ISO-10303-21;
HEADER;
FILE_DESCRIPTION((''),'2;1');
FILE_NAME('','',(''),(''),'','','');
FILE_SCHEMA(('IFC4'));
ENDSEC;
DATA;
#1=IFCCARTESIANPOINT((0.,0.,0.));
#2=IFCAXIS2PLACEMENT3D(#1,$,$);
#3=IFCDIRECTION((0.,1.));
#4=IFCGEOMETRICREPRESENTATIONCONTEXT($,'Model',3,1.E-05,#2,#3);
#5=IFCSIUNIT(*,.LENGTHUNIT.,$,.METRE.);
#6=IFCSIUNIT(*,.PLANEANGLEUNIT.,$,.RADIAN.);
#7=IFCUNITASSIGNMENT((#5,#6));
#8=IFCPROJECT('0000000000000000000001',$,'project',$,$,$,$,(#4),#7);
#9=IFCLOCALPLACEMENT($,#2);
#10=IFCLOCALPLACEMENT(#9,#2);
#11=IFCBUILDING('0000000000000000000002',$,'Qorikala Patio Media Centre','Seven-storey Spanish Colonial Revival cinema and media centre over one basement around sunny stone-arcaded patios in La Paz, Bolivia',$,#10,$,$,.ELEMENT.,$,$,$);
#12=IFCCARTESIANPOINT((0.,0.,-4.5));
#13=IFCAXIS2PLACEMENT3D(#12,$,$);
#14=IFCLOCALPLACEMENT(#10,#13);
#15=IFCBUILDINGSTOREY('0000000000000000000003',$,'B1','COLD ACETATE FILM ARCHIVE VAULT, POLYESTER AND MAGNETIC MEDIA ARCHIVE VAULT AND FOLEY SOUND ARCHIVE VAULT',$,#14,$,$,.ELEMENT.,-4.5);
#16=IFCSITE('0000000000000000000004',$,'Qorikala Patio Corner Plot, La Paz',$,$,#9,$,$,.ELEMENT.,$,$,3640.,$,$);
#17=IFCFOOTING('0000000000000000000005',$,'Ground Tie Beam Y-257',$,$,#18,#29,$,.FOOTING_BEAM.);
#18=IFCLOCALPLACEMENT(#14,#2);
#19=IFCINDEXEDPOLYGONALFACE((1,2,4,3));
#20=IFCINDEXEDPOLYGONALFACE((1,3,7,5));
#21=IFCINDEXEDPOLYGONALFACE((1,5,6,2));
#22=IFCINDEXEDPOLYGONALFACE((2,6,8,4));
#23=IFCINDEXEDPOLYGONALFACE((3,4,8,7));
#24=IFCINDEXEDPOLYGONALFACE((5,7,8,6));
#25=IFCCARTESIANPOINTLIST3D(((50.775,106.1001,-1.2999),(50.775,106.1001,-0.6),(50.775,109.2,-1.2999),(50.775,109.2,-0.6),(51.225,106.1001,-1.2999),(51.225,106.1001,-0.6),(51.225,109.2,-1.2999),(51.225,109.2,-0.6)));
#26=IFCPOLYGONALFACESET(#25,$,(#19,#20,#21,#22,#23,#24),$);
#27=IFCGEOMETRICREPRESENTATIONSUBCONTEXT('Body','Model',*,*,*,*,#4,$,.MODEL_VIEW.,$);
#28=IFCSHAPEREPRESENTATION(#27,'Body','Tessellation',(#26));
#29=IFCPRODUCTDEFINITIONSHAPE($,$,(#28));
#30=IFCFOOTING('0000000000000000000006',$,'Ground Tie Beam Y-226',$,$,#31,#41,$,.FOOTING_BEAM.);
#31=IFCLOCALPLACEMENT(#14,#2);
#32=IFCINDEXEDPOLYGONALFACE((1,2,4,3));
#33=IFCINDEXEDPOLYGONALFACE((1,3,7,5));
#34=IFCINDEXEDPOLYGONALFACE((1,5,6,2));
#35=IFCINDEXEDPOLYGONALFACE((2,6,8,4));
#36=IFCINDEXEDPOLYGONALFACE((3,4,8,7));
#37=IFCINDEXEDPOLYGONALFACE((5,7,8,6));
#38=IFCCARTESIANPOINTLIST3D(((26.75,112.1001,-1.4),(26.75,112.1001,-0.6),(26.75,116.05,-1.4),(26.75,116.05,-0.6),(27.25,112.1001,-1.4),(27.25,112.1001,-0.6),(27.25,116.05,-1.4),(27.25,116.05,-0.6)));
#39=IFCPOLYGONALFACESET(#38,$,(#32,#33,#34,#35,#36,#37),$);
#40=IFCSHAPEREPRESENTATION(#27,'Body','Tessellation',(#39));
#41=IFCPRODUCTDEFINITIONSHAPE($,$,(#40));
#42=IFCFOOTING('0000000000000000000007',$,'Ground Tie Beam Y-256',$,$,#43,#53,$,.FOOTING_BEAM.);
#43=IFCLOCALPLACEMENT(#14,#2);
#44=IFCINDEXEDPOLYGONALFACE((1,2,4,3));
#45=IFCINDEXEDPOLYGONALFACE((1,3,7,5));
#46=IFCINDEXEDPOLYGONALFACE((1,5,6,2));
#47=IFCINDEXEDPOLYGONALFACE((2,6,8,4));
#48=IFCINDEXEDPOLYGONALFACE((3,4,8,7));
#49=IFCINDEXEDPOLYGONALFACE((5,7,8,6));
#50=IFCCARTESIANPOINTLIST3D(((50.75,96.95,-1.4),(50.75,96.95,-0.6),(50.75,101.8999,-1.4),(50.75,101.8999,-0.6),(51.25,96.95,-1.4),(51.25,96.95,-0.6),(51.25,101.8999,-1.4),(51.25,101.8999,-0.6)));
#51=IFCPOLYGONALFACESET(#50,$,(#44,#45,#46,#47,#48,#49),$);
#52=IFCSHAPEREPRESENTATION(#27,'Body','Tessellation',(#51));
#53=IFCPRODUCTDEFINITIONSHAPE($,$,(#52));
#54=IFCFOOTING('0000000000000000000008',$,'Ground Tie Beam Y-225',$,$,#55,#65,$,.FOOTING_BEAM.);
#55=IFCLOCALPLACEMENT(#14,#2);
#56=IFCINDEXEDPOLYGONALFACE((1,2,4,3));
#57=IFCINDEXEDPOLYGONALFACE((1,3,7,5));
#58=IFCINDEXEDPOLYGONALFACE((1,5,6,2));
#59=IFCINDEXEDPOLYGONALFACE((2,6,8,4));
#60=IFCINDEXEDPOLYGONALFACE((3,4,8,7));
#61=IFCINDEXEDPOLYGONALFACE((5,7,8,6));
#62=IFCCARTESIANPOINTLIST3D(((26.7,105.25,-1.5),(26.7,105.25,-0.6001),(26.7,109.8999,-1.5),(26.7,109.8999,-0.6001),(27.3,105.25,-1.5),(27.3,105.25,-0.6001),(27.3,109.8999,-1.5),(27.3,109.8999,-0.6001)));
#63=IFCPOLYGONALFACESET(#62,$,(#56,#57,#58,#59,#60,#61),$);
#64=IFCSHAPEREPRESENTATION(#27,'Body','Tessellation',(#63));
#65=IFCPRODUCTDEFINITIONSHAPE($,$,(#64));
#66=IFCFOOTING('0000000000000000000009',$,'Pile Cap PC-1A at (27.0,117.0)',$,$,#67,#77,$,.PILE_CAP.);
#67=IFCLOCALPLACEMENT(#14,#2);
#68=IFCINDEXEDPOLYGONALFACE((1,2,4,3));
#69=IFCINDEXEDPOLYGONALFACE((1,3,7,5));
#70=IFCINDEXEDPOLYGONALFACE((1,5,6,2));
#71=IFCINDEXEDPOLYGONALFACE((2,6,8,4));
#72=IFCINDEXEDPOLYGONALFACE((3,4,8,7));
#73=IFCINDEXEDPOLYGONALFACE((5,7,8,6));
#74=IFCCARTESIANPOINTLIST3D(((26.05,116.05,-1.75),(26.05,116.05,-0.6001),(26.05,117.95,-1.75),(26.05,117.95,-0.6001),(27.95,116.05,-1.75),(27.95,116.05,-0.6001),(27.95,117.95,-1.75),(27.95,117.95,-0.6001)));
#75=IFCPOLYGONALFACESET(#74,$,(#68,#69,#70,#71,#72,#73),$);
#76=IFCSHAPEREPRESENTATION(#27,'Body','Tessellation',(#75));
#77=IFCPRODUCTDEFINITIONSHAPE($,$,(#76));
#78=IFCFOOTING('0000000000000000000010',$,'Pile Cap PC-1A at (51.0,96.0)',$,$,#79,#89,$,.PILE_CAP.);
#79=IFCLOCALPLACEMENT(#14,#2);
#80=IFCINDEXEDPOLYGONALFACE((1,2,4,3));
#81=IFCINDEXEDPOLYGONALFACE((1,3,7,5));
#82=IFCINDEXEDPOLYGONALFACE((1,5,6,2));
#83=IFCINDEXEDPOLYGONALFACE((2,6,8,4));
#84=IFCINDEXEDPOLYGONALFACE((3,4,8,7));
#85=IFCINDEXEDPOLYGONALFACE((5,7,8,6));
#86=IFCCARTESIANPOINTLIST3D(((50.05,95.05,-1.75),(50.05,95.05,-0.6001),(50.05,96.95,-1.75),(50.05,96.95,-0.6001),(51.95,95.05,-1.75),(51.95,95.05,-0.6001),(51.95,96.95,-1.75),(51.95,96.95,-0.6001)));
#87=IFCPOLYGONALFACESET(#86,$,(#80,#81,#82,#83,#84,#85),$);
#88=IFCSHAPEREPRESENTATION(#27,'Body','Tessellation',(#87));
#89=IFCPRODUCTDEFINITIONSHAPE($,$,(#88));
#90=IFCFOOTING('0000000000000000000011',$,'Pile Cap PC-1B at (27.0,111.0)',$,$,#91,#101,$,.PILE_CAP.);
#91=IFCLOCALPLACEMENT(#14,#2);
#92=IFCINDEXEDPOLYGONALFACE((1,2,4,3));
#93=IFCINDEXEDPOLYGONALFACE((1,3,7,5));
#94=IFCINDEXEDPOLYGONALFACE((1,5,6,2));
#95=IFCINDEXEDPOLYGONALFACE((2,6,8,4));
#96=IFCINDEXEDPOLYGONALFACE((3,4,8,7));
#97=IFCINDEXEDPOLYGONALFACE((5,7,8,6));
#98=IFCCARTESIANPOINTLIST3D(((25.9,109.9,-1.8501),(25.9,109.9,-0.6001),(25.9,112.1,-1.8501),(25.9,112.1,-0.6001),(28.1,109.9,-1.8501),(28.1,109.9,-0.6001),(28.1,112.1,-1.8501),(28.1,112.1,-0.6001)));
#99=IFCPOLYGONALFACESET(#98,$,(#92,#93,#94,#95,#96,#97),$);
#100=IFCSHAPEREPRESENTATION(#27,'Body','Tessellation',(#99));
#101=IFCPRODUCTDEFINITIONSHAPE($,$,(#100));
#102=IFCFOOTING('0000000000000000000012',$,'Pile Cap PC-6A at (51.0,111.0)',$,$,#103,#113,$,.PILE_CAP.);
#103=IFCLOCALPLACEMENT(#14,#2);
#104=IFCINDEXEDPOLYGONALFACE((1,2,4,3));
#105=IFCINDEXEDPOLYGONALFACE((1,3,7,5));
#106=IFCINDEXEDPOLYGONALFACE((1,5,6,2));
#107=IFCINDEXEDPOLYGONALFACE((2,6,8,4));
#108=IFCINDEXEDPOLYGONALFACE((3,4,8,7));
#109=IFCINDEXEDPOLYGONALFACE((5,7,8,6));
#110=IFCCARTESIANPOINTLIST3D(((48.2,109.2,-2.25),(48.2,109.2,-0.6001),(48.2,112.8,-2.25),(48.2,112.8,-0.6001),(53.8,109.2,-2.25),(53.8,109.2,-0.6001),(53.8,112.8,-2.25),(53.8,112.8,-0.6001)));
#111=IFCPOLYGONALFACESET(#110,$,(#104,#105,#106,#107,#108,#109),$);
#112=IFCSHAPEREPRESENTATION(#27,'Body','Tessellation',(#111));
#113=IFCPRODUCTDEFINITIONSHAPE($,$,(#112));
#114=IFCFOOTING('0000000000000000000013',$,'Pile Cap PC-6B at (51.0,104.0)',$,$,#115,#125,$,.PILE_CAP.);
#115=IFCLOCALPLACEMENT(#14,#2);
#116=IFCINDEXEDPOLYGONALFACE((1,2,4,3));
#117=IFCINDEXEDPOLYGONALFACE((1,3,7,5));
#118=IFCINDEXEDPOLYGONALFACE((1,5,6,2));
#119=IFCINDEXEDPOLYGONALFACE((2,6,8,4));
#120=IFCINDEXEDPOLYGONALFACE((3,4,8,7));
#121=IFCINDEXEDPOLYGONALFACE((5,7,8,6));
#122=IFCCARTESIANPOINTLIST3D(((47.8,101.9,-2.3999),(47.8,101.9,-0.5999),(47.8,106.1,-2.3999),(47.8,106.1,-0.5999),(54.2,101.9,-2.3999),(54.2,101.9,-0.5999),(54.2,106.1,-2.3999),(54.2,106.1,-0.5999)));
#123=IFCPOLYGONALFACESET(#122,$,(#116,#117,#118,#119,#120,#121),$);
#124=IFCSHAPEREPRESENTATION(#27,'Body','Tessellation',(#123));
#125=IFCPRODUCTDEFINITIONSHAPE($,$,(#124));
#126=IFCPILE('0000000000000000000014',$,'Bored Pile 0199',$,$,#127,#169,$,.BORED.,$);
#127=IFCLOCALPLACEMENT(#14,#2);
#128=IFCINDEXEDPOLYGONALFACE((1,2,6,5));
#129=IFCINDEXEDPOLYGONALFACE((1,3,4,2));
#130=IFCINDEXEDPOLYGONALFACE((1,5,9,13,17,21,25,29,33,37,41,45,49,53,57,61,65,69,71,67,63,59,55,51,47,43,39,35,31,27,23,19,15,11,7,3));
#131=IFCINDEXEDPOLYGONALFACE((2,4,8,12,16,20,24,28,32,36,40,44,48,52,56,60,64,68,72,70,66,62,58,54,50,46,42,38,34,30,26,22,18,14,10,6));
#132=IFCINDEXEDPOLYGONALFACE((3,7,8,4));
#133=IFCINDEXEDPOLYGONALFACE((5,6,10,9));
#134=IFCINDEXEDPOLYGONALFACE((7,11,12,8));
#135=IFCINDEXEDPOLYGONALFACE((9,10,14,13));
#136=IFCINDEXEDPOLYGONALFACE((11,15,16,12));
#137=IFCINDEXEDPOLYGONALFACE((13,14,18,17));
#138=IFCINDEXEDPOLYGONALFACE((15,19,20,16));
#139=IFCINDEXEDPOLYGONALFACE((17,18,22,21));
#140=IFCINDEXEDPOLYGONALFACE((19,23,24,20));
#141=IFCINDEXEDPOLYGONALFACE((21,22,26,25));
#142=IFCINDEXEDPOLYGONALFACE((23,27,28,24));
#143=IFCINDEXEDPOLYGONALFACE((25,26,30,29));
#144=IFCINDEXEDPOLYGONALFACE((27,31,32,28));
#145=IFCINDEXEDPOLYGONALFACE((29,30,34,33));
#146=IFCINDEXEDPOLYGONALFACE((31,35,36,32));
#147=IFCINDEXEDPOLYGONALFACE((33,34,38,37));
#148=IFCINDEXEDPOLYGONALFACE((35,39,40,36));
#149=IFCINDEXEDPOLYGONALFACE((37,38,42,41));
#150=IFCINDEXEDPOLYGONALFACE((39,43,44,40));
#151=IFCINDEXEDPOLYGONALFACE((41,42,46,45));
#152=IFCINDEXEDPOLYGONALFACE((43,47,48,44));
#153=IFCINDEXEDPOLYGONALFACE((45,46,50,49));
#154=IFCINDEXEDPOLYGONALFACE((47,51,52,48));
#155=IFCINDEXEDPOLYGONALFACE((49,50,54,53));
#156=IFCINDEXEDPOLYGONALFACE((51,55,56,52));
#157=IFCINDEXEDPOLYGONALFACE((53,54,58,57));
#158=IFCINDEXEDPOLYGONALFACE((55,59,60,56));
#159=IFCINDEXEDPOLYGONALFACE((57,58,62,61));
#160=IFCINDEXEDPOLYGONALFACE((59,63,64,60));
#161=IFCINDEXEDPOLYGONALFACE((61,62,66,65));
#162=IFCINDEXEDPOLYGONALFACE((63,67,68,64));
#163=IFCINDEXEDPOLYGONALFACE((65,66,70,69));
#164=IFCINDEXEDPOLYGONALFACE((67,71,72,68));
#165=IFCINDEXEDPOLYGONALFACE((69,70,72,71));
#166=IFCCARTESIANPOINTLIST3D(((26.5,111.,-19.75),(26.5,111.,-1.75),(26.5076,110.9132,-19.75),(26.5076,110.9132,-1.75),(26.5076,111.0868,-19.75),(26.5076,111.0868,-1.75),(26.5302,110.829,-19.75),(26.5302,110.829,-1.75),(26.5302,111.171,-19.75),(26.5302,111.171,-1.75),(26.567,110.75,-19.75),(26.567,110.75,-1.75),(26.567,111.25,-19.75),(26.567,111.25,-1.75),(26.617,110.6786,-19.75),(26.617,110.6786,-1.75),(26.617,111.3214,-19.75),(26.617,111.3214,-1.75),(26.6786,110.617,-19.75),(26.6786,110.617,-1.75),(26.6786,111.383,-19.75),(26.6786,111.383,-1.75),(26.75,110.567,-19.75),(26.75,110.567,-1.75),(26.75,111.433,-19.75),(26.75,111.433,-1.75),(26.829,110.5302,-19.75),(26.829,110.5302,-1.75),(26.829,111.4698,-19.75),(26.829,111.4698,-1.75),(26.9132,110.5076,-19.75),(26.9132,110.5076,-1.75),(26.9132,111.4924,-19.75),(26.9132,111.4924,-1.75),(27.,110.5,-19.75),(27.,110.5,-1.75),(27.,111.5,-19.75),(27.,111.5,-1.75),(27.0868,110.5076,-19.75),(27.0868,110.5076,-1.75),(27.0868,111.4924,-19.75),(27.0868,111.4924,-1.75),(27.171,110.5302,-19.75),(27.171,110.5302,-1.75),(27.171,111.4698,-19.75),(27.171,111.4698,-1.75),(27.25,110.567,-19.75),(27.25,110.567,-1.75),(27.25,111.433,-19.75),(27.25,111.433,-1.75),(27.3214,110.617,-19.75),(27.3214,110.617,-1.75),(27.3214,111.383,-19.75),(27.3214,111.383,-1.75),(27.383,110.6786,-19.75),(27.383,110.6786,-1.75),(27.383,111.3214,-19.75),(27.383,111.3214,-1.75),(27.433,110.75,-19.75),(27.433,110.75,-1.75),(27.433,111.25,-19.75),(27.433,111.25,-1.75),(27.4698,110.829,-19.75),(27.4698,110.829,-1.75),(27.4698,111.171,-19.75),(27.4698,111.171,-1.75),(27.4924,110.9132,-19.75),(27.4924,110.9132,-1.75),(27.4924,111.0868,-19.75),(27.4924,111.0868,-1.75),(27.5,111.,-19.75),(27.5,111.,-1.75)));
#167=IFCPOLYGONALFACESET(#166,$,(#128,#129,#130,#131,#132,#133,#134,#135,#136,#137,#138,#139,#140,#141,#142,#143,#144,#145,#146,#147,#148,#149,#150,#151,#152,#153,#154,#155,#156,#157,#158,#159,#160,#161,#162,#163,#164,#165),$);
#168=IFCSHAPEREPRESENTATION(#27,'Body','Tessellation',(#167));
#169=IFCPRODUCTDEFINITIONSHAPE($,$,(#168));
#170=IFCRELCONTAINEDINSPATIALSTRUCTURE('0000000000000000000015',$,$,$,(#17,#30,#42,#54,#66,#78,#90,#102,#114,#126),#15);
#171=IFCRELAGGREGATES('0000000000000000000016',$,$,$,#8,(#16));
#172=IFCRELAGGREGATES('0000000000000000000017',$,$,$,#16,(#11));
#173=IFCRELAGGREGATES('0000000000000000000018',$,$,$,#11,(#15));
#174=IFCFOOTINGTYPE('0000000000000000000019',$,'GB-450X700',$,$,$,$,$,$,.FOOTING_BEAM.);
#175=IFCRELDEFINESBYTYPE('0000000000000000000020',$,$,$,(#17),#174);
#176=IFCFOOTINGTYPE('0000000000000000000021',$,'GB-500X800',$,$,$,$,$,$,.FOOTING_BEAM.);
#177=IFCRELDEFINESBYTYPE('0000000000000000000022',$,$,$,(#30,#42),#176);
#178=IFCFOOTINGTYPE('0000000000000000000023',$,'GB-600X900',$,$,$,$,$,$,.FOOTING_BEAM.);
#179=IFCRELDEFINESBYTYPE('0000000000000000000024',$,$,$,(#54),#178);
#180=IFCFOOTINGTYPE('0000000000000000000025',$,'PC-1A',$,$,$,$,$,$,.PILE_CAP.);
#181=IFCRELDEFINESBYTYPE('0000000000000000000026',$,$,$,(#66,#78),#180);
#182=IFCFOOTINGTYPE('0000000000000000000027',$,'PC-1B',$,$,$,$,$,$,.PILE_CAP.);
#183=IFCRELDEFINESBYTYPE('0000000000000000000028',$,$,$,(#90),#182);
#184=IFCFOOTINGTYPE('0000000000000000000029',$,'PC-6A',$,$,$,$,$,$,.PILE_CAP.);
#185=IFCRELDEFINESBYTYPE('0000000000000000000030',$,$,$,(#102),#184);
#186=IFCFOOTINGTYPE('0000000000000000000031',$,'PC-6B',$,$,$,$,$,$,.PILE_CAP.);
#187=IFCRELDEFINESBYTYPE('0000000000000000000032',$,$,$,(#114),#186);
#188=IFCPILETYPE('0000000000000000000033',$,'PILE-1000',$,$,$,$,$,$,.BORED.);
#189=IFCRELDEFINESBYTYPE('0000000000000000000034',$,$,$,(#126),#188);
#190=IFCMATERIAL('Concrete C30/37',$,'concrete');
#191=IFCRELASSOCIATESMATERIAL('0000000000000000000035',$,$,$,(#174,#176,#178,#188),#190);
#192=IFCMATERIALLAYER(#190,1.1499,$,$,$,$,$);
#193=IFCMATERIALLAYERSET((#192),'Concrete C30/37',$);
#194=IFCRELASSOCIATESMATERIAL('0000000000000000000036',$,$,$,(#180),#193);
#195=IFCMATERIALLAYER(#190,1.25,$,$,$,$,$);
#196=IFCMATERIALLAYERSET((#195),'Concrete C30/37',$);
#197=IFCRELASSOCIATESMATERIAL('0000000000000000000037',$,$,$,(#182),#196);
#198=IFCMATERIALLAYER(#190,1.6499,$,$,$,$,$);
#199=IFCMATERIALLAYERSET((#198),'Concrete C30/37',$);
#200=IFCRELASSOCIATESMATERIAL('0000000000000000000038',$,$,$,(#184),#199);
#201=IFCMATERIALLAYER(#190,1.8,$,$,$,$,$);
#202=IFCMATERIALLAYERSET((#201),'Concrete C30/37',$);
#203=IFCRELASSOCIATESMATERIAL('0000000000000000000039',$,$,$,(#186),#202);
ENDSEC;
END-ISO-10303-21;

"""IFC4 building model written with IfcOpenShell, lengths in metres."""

from ifc_helpers import new_model, si_unit, direction, frame, origin, origin_2d, place, context, subcontext, project, spatial, rectangle, circle, extrude, material, layer, layer_set, material_profile, profile_set, type_object, element, save


model = new_model("IFC4")

# Units and contexts
model_context = context("Model", 3, precision=1e-05, world=origin(), true_north=direction((0.0, 1.0)))
body_context = subcontext(model_context, "Body", "Model", "MODEL_VIEW")
ifc_project = project(units=[si_unit("LENGTHUNIT", "METRE"), si_unit("PLANEANGLEUNIT", "RADIAN")], contexts=[model_context])

# Site, building, storey
site_placement = place(None, origin())
site = spatial("IfcSite", under=ifc_project, at=site_placement, Name="Qorikala Patio Corner Plot, La Paz", CompositionType="ELEMENT", RefElevation=3640.0)
building_placement = place(site_placement, origin())
building = spatial("IfcBuilding", under=site, at=building_placement, Name="Qorikala Patio Media Centre", Description="Seven-storey Spanish Colonial Revival cinema and media centre over one basement around sunny stone-arcaded patios in La Paz, Bolivia", CompositionType="ELEMENT")
storey_placement = place(building_placement, frame((0.0, 0.0, -4.5)))
storey = spatial("IfcBuildingStorey", under=building, at=storey_placement, Name="B1", Description="COLD ACETATE FILM ARCHIVE VAULT, POLYESTER AND MAGNETIC MEDIA ARCHIVE VAULT AND FOLEY SOUND ARCHIVE VAULT", CompositionType="ELEMENT", Elevation=-4.5)

# Footings
ifc_material_1 = material(Name="Concrete C30/37", Category="concrete")
ifc_material_profile_1 = material_profile(ifc_material_1, rectangle(XDim=0.45, YDim=0.7, at=origin_2d()), Name="RC 450x700")
ifc_profile_set_1 = profile_set([ifc_material_profile_1], Name="Concrete C30/37")
footing_type_1 = type_object("IfcFootingType", Name="GB-450X700", PredefinedType="FOOTING_BEAM", material=ifc_profile_set_1)
footing_1_placement = place(storey_placement, frame((51.0, 106.1001, -0.95), z_axis=(0.0, 1.0, 0.0), x_axis=(-1.0, 0.0, 0.0)))
element("IfcFooting", 1, at=footing_1_placement, inside=storey, type_object=footing_type_1, Name="Ground Tie Beam Y-257", PredefinedType="FOOTING_BEAM", context=body_context, shape_type="SweptSolid", body=[
    extrude(rectangle(XDim=0.45, YDim=0.7, at=origin_2d()), origin(), (0.0, 0.0, 1.0), 3.0999),
])
ifc_material_profile_2 = material_profile(ifc_material_1, rectangle(XDim=0.5, YDim=0.8, at=origin_2d()), Name="RC 500x800")
ifc_profile_set_2 = profile_set([ifc_material_profile_2], Name="Concrete C30/37")
footing_type_2 = type_object("IfcFootingType", Name="GB-500X800", PredefinedType="FOOTING_BEAM", material=ifc_profile_set_2)
footing_2_placement = place(storey_placement, frame((27.0, 112.1001, -1.0), z_axis=(0.0, 1.0, 0.0), x_axis=(-1.0, 0.0, 0.0)))
element("IfcFooting", 2, at=footing_2_placement, inside=storey, type_object=footing_type_2, Name="Ground Tie Beam Y-226", PredefinedType="FOOTING_BEAM", context=body_context, shape_type="SweptSolid", body=[
    extrude(rectangle(XDim=0.5, YDim=0.8, at=origin_2d()), origin(), (0.0, 0.0, 1.0), 3.95),
])
footing_3_placement = place(storey_placement, frame((51.0, 96.95, -1.0), z_axis=(0.0, 1.0, 0.0), x_axis=(-1.0, 0.0, 0.0)))
element("IfcFooting", 3, at=footing_3_placement, inside=storey, type_object=footing_type_2, Name="Ground Tie Beam Y-256", PredefinedType="FOOTING_BEAM", context=body_context, shape_type="SweptSolid", body=[
    extrude(rectangle(XDim=0.5, YDim=0.8, at=origin_2d()), origin(), (0.0, 0.0, 1.0), 4.95),
])
ifc_material_profile_3 = material_profile(ifc_material_1, rectangle(XDim=0.6001, YDim=0.8999, at=origin_2d()), Name="RC 600x900")
ifc_profile_set_3 = profile_set([ifc_material_profile_3], Name="Concrete C30/37")
footing_type_3 = type_object("IfcFootingType", Name="GB-600X900", PredefinedType="FOOTING_BEAM", material=ifc_profile_set_3)
footing_4_placement = place(storey_placement, frame((27.0, 105.25, -1.05), z_axis=(0.0, 1.0, 0.0), x_axis=(-1.0, 0.0, 0.0)))
element("IfcFooting", 4, at=footing_4_placement, inside=storey, type_object=footing_type_3, Name="Ground Tie Beam Y-225", PredefinedType="FOOTING_BEAM", context=body_context, shape_type="SweptSolid", body=[
    extrude(rectangle(XDim=0.6001, YDim=0.8999, at=origin_2d()), origin(), (0.0, 0.0, 1.0), 4.6499),
])
ifc_layer_1 = layer(ifc_material_1, 1.1499)
ifc_layer_set_1 = layer_set([ifc_layer_1], Name="Concrete C30/37")
footing_type_4 = type_object("IfcFootingType", Name="PC-1A", PredefinedType="PILE_CAP", material=ifc_layer_set_1)
for number, where, z_axis, x_axis, name in (
    (5, (27.0, 117.0, -1.75), (0.0, 0.0, 1.0), (1.0, 0.0, 0.0), "Pile Cap PC-1A at (27.0,117.0)"),
    (6, (51.0, 96.0, -1.75), (0.0, 0.0, 1.0), (1.0, 0.0, 0.0), "Pile Cap PC-1A at (51.0,96.0)"),
):
    element("IfcFooting", number, at=place(storey_placement, frame(where, z_axis=z_axis, x_axis=x_axis)), inside=storey, type_object=footing_type_4, Name=name, PredefinedType="PILE_CAP", context=body_context, shape_type="SweptSolid", body=[
        extrude(rectangle(XDim=1.8999, YDim=1.8999, at=origin_2d()), origin(), (0.0, 0.0, 1.0), 1.1499),
    ])
ifc_layer_2 = layer(ifc_material_1, 1.25)
ifc_layer_set_2 = layer_set([ifc_layer_2], Name="Concrete C30/37")
footing_type_5 = type_object("IfcFootingType", Name="PC-1B", PredefinedType="PILE_CAP", material=ifc_layer_set_2)
footing_5_placement = place(storey_placement, frame((27.0, 111.0, -1.8501), z_axis=(0.0, 0.0, 1.0), x_axis=(1.0, 0.0, 0.0)))
element("IfcFooting", 7, at=footing_5_placement, inside=storey, type_object=footing_type_5, Name="Pile Cap PC-1B at (27.0,111.0)", PredefinedType="PILE_CAP", context=body_context, shape_type="SweptSolid", body=[
    extrude(rectangle(XDim=2.2, YDim=2.2, at=origin_2d()), origin(), (0.0, 0.0, 1.0), 1.25),
])
ifc_layer_3 = layer(ifc_material_1, 1.6499)
ifc_layer_set_3 = layer_set([ifc_layer_3], Name="Concrete C30/37")
footing_type_6 = type_object("IfcFootingType", Name="PC-6A", PredefinedType="PILE_CAP", material=ifc_layer_set_3)
footing_6_placement = place(storey_placement, frame((51.0, 111.0, -2.25), z_axis=(0.0, 0.0, 1.0), x_axis=(1.0, 0.0, 0.0)))
element("IfcFooting", 8, at=footing_6_placement, inside=storey, type_object=footing_type_6, Name="Pile Cap PC-6A at (51.0,111.0)", PredefinedType="PILE_CAP", context=body_context, shape_type="SweptSolid", body=[
    extrude(rectangle(XDim=5.6001, YDim=3.6001, at=origin_2d()), origin(), (0.0, 0.0, 1.0), 1.6499),
])
ifc_layer_4 = layer(ifc_material_1, 1.8)
ifc_layer_set_4 = layer_set([ifc_layer_4], Name="Concrete C30/37")
footing_type_7 = type_object("IfcFootingType", Name="PC-6B", PredefinedType="PILE_CAP", material=ifc_layer_set_4)
footing_7_placement = place(storey_placement, frame((51.0, 104.0, -2.3999), z_axis=(0.0, 0.0, 1.0), x_axis=(1.0, 0.0, 0.0)))
element("IfcFooting", 9, at=footing_7_placement, inside=storey, type_object=footing_type_7, Name="Pile Cap PC-6B at (51.0,104.0)", PredefinedType="PILE_CAP", context=body_context, shape_type="SweptSolid", body=[
    extrude(rectangle(XDim=6.3999, YDim=4.2, at=origin_2d()), origin(), (0.0, 0.0, 1.0), 1.8),
])

# Pile
ifc_material_profile_4 = material_profile(ifc_material_1, circle(Radius=0.5, at=origin_2d()), Name="BORED PILE 1000")
ifc_profile_set_4 = profile_set([ifc_material_profile_4], Name="Concrete C30/37")
pile_type_1 = type_object("IfcPileType", Name="PILE-1000", PredefinedType="BORED", material=ifc_profile_set_4)
pile_placement = place(storey_placement, frame((27.0, 111.0, -1.75), z_axis=(0.0, 0.0, -1.0), x_axis=(1.0, 0.0, 0.0)))
element("IfcPile", 10, at=pile_placement, inside=storey, type_object=pile_type_1, Name="Bored Pile 0199", PredefinedType="BORED", context=body_context, shape_type="SweptSolid", body=[
    extrude(circle(Radius=0.5, at=origin_2d()), origin(), (0.0, 0.0, 1.0), 18.0),
])

save(model, "model.ifc")
